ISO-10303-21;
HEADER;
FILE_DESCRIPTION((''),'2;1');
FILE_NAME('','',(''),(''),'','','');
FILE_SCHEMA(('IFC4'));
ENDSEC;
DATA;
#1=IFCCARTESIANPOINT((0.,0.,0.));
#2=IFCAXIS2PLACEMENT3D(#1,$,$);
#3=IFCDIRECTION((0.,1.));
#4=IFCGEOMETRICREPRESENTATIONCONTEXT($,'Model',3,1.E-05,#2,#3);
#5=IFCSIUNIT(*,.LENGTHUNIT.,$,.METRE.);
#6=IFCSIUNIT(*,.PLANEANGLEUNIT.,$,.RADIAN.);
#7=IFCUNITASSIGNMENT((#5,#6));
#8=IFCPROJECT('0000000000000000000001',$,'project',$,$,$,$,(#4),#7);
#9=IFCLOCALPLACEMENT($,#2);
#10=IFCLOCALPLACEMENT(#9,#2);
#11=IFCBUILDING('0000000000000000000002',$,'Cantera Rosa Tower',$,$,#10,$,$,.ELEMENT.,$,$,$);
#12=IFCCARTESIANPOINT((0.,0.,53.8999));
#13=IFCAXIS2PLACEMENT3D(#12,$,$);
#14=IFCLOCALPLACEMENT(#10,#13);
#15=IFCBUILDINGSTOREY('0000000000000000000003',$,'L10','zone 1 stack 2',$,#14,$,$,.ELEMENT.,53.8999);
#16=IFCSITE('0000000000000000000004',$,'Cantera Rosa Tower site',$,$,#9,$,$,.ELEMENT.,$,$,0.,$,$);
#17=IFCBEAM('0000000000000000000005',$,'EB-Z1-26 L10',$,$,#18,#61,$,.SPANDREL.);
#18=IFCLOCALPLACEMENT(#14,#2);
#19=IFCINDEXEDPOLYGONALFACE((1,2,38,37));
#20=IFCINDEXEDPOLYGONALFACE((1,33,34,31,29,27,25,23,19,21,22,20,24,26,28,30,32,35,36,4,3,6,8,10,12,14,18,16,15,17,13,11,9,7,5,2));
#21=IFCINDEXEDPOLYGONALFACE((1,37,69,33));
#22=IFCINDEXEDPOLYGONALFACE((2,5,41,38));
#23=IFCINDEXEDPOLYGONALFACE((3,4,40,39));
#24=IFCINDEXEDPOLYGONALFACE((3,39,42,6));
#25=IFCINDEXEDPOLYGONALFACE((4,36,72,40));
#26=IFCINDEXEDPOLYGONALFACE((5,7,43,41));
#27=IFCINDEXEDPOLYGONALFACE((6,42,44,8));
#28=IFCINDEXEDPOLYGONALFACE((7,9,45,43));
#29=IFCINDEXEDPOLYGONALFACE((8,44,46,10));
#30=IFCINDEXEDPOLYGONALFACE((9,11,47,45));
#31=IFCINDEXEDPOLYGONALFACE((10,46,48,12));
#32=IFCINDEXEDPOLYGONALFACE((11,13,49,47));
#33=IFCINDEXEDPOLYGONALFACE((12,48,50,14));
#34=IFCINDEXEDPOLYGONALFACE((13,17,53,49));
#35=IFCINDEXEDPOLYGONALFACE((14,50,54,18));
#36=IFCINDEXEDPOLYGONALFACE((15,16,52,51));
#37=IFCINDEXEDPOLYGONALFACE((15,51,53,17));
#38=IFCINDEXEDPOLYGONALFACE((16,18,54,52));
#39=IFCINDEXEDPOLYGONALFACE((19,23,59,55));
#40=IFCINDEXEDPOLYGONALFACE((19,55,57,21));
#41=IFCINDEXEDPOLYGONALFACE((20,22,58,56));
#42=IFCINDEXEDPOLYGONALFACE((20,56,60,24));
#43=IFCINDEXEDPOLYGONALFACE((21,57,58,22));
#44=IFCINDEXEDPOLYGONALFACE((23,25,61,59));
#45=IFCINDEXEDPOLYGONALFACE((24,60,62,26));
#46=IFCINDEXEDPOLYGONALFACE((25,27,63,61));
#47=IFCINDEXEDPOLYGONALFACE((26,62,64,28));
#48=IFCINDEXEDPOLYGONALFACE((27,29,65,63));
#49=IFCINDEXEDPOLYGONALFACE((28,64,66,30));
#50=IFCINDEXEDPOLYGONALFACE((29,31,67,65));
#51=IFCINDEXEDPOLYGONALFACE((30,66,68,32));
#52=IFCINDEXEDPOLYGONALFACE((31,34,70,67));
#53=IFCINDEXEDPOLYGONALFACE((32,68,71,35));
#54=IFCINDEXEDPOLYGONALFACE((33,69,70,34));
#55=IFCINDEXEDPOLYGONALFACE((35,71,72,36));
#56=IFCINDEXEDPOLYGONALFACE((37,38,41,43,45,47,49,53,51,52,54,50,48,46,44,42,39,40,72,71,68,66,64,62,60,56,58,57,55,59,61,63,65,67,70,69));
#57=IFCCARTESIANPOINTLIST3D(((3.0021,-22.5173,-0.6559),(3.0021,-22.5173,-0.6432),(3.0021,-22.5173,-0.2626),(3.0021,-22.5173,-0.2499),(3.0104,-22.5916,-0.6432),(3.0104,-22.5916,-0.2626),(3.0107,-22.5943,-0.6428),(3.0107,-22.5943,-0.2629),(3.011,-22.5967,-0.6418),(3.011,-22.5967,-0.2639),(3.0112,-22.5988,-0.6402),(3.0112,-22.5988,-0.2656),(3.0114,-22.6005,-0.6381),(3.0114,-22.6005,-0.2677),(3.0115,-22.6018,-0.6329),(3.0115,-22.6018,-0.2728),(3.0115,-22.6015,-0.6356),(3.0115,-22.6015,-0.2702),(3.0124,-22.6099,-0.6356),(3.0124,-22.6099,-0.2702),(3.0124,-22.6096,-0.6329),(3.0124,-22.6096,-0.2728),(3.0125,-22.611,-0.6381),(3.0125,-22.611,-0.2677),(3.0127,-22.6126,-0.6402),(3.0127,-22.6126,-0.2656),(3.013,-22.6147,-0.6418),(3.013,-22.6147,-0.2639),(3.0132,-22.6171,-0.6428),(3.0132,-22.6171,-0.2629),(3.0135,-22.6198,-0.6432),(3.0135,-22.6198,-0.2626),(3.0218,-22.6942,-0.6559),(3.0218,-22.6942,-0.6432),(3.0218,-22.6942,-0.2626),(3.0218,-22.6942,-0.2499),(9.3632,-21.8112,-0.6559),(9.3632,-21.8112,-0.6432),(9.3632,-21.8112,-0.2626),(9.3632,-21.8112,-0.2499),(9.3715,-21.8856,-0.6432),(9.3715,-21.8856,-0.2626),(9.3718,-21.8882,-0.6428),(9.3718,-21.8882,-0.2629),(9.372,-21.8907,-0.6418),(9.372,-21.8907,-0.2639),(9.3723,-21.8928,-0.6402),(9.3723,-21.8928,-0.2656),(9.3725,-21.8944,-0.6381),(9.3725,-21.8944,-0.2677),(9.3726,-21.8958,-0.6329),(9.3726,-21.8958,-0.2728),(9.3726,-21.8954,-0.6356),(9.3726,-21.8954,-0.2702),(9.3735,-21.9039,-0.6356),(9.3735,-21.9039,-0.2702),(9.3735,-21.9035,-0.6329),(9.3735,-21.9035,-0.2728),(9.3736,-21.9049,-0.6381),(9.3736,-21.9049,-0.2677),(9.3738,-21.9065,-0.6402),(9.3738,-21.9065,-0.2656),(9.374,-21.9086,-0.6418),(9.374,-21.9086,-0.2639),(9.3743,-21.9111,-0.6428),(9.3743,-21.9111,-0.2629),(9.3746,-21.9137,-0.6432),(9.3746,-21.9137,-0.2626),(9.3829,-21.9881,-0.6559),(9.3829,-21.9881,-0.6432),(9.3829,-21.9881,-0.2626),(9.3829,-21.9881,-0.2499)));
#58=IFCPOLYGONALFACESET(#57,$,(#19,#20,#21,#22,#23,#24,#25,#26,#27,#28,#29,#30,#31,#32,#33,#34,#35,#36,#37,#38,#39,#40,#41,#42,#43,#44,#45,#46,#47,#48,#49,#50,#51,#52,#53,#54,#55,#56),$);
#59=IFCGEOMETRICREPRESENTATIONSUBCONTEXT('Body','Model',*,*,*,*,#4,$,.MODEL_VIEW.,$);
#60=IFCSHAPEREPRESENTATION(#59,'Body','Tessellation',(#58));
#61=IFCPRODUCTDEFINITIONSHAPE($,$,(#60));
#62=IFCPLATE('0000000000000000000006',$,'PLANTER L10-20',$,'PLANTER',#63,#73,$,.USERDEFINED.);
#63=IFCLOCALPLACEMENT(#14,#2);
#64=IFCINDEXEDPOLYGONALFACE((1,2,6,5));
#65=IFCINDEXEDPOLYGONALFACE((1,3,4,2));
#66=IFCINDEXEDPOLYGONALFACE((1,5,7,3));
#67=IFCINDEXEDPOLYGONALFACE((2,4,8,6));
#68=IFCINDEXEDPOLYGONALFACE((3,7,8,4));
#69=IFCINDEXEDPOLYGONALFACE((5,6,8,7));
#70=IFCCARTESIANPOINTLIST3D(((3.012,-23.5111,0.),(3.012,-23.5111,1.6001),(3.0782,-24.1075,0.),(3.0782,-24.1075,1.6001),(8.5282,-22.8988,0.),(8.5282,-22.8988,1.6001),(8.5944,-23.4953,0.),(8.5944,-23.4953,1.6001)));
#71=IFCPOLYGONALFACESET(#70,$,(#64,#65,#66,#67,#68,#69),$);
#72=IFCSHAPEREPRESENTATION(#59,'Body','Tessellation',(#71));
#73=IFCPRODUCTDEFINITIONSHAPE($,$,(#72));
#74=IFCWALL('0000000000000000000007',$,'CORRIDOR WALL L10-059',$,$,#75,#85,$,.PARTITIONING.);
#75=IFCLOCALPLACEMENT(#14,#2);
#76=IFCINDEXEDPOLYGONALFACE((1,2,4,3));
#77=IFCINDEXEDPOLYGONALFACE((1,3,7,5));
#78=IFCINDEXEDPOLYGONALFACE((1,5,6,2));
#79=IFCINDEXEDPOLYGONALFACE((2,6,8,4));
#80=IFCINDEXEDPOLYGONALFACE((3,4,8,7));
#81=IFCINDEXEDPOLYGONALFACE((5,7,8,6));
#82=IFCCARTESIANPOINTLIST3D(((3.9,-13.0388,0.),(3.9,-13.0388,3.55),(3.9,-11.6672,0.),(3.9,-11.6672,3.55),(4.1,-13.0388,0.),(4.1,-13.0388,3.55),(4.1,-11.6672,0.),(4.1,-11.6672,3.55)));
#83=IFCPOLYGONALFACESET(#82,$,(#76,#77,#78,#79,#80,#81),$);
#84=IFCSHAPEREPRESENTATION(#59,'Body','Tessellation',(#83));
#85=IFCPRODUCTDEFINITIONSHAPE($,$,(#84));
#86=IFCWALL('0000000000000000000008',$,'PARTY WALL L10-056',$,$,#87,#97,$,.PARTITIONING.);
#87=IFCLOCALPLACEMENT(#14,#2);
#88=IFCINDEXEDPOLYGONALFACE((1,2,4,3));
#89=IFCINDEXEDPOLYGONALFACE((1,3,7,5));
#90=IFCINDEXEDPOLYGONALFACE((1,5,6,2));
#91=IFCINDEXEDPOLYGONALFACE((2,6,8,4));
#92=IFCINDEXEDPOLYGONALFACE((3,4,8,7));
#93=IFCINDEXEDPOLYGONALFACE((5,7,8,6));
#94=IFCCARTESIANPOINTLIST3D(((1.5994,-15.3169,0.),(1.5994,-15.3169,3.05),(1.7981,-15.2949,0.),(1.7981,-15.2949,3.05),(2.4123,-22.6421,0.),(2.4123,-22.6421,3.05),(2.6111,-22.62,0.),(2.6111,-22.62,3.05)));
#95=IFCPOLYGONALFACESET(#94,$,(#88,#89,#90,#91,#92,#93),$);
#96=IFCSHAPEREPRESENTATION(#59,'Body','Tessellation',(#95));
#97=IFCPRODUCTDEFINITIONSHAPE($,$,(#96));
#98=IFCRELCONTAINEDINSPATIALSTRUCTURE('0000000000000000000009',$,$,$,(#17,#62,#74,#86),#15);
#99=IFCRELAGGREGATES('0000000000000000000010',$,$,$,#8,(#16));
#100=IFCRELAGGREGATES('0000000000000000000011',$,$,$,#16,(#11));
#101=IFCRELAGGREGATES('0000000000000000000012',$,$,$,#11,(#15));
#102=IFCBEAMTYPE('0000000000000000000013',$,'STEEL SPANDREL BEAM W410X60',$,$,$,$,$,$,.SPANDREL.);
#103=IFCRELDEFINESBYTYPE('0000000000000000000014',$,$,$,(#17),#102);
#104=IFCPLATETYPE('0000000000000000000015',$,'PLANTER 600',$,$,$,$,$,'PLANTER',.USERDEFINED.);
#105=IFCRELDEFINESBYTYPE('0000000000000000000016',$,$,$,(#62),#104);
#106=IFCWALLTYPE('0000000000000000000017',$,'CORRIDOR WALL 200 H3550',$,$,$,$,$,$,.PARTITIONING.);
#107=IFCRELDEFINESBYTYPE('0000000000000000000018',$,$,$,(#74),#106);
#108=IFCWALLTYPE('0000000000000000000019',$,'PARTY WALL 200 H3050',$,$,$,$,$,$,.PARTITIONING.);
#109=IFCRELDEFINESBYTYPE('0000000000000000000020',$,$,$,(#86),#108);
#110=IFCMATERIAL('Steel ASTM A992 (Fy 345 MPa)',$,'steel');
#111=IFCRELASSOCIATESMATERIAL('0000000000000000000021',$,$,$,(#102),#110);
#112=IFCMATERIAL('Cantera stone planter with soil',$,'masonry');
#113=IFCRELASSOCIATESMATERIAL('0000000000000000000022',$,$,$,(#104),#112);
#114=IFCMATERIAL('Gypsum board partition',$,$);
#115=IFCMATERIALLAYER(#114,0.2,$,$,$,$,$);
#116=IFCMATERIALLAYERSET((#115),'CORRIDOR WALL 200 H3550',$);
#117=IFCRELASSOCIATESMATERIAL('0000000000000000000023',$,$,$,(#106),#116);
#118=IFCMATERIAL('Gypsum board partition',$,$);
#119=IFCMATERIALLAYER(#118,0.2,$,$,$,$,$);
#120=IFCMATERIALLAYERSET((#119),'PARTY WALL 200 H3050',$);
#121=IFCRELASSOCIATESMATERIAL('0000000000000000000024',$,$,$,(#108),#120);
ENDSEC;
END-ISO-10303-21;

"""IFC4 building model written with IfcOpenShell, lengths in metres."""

from ifc_helpers import new_model, si_unit, direction, frame, frame_2d, origin, origin_2d, place, context, subcontext, project, spatial, rectangle, i_section, extrude, material, layer, layer_set, material_profile, profile_set, type_object, element, save


model = new_model("IFC4")

# Units and contexts
model_context = context("Model", 3, precision=1e-05, world=origin(), true_north=direction((0.0, 1.0)))
body_context = subcontext(model_context, "Body", "Model", "MODEL_VIEW")
ifc_project = project(units=[si_unit("LENGTHUNIT", "METRE"), si_unit("PLANEANGLEUNIT", "RADIAN")], contexts=[model_context])

# Site, building, storey
site_placement = place(None, origin())
site = spatial("IfcSite", under=ifc_project, at=site_placement, Name="Cantera Rosa Tower site", CompositionType="ELEMENT", RefElevation=0.0)
building_placement = place(site_placement, origin())
building = spatial("IfcBuilding", under=site, at=building_placement, Name="Cantera Rosa Tower", CompositionType="ELEMENT")
storey_placement = place(building_placement, frame((0.0, 0.0, 53.8999)))
storey = spatial("IfcBuildingStorey", under=building, at=storey_placement, Name="L10", Description="zone 1 stack 2", CompositionType="ELEMENT", Elevation=53.8999)

# Beam
ifc_material_1 = material(Name="Steel ASTM A992 (Fy 345 MPa)", Category="steel")
ifc_material_profile_1 = material_profile(ifc_material_1, i_section(OverallWidth=0.178, OverallDepth=0.406, WebThickness=0.0078, FlangeThickness=0.0127, FilletRadius=0.0103, at=origin_2d()), Name="W410X60")
ifc_profile_set_1 = profile_set([ifc_material_profile_1], Name="Steel ASTM A992 (Fy 345 MPa)")
beam_type_1 = type_object("IfcBeamType", Name="STEEL SPANDREL BEAM W410X60", PredefinedType="SPANDREL", material=ifc_profile_set_1)
beam_1_placement = place(storey_placement, frame((3.012, -22.6057, -0.4529), z_axis=(0.993896, 0.110318, 0.0), x_axis=(-0.110318, 0.993896, 0.0)))
element("IfcBeam", 1, at=beam_1_placement, inside=storey, type_object=beam_type_1, Name="EB-Z1-26 L10", PredefinedType="SPANDREL", context=body_context, shape_type="SweptSolid", body=[
    extrude(i_section(OverallWidth=0.178, OverallDepth=0.406, WebThickness=0.0078, FlangeThickness=0.0127, FilletRadius=0.0103, at=origin_2d()), origin(), (0.0, 0.0, 1.0), 6.4001),
])

# Plate
ifc_material_2 = material(Name="Cantera stone planter with soil", Category="masonry")
plate_type = type_object("IfcPlateType", Name="PLANTER 600", ElementType="PLANTER", PredefinedType="USERDEFINED", material=ifc_material_2)
plate_placement = place(storey_placement, frame((5.8032, -23.5032, 0.0), z_axis=(0.0, 0.0, 1.0), x_axis=(0.993897, 0.110313, 0.0)))
element("IfcPlate", 2, at=plate_placement, inside=storey, type_object=plate_type, Name="PLANTER L10-20", ObjectType="PLANTER", PredefinedType="USERDEFINED", context=body_context, shape_type="SweptSolid", body=[
    extrude(rectangle(XDim=5.55, YDim=0.6001, at=origin_2d()), origin(), (0.0, 0.0, 1.0), 1.6001),
])

# Wall
ifc_material_3 = material(Name="Gypsum board partition")
ifc_layer_1 = layer(ifc_material_3, 0.2)
ifc_layer_set_1 = layer_set([ifc_layer_1], Name="CORRIDOR WALL 200 H3550")
wall_type_1 = type_object("IfcWallType", Name="CORRIDOR WALL 200 H3550", PredefinedType="PARTITIONING", material=ifc_layer_set_1)
wall_1_placement = place(storey_placement, frame((4.0, -13.0388, 0.0), z_axis=(0.0, 0.0, 1.0), x_axis=(0.0, 1.0, 0.0)))
element("IfcWall", 3, at=wall_1_placement, inside=storey, type_object=wall_type_1, Name="CORRIDOR WALL L10-059", PredefinedType="PARTITIONING", context=body_context, shape_type="SweptSolid", body=[
    extrude(rectangle(XDim=1.3716, YDim=0.2, at=frame_2d((0.6858, 0.0))), origin(), (0.0, 0.0, 1.0), 3.55),
])

# Wall
ifc_material_4 = material(Name="Gypsum board partition")
ifc_layer_2 = layer(ifc_material_4, 0.2)
ifc_layer_set_2 = layer_set([ifc_layer_2], Name="PARTY WALL 200 H3050")
wall_type_2 = type_object("IfcWallType", Name="PARTY WALL 200 H3050", PredefinedType="PARTITIONING", material=ifc_layer_set_2)
wall_2_placement = place(storey_placement, frame((1.6987, -15.3059, 0.0), z_axis=(0.0, 0.0, 1.0), x_axis=(0.110308, -0.993897, 0.0)))
element("IfcWall", 4, at=wall_2_placement, inside=storey, type_object=wall_type_2, Name="PARTY WALL L10-056", PredefinedType="PARTITIONING", context=body_context, shape_type="SweptSolid", body=[
    extrude(rectangle(XDim=7.3701, YDim=0.2, at=frame_2d((3.6851, 0.0))), origin(), (0.0, 0.0, 1.0), 3.05),
])

save(model, "model.ifc")
